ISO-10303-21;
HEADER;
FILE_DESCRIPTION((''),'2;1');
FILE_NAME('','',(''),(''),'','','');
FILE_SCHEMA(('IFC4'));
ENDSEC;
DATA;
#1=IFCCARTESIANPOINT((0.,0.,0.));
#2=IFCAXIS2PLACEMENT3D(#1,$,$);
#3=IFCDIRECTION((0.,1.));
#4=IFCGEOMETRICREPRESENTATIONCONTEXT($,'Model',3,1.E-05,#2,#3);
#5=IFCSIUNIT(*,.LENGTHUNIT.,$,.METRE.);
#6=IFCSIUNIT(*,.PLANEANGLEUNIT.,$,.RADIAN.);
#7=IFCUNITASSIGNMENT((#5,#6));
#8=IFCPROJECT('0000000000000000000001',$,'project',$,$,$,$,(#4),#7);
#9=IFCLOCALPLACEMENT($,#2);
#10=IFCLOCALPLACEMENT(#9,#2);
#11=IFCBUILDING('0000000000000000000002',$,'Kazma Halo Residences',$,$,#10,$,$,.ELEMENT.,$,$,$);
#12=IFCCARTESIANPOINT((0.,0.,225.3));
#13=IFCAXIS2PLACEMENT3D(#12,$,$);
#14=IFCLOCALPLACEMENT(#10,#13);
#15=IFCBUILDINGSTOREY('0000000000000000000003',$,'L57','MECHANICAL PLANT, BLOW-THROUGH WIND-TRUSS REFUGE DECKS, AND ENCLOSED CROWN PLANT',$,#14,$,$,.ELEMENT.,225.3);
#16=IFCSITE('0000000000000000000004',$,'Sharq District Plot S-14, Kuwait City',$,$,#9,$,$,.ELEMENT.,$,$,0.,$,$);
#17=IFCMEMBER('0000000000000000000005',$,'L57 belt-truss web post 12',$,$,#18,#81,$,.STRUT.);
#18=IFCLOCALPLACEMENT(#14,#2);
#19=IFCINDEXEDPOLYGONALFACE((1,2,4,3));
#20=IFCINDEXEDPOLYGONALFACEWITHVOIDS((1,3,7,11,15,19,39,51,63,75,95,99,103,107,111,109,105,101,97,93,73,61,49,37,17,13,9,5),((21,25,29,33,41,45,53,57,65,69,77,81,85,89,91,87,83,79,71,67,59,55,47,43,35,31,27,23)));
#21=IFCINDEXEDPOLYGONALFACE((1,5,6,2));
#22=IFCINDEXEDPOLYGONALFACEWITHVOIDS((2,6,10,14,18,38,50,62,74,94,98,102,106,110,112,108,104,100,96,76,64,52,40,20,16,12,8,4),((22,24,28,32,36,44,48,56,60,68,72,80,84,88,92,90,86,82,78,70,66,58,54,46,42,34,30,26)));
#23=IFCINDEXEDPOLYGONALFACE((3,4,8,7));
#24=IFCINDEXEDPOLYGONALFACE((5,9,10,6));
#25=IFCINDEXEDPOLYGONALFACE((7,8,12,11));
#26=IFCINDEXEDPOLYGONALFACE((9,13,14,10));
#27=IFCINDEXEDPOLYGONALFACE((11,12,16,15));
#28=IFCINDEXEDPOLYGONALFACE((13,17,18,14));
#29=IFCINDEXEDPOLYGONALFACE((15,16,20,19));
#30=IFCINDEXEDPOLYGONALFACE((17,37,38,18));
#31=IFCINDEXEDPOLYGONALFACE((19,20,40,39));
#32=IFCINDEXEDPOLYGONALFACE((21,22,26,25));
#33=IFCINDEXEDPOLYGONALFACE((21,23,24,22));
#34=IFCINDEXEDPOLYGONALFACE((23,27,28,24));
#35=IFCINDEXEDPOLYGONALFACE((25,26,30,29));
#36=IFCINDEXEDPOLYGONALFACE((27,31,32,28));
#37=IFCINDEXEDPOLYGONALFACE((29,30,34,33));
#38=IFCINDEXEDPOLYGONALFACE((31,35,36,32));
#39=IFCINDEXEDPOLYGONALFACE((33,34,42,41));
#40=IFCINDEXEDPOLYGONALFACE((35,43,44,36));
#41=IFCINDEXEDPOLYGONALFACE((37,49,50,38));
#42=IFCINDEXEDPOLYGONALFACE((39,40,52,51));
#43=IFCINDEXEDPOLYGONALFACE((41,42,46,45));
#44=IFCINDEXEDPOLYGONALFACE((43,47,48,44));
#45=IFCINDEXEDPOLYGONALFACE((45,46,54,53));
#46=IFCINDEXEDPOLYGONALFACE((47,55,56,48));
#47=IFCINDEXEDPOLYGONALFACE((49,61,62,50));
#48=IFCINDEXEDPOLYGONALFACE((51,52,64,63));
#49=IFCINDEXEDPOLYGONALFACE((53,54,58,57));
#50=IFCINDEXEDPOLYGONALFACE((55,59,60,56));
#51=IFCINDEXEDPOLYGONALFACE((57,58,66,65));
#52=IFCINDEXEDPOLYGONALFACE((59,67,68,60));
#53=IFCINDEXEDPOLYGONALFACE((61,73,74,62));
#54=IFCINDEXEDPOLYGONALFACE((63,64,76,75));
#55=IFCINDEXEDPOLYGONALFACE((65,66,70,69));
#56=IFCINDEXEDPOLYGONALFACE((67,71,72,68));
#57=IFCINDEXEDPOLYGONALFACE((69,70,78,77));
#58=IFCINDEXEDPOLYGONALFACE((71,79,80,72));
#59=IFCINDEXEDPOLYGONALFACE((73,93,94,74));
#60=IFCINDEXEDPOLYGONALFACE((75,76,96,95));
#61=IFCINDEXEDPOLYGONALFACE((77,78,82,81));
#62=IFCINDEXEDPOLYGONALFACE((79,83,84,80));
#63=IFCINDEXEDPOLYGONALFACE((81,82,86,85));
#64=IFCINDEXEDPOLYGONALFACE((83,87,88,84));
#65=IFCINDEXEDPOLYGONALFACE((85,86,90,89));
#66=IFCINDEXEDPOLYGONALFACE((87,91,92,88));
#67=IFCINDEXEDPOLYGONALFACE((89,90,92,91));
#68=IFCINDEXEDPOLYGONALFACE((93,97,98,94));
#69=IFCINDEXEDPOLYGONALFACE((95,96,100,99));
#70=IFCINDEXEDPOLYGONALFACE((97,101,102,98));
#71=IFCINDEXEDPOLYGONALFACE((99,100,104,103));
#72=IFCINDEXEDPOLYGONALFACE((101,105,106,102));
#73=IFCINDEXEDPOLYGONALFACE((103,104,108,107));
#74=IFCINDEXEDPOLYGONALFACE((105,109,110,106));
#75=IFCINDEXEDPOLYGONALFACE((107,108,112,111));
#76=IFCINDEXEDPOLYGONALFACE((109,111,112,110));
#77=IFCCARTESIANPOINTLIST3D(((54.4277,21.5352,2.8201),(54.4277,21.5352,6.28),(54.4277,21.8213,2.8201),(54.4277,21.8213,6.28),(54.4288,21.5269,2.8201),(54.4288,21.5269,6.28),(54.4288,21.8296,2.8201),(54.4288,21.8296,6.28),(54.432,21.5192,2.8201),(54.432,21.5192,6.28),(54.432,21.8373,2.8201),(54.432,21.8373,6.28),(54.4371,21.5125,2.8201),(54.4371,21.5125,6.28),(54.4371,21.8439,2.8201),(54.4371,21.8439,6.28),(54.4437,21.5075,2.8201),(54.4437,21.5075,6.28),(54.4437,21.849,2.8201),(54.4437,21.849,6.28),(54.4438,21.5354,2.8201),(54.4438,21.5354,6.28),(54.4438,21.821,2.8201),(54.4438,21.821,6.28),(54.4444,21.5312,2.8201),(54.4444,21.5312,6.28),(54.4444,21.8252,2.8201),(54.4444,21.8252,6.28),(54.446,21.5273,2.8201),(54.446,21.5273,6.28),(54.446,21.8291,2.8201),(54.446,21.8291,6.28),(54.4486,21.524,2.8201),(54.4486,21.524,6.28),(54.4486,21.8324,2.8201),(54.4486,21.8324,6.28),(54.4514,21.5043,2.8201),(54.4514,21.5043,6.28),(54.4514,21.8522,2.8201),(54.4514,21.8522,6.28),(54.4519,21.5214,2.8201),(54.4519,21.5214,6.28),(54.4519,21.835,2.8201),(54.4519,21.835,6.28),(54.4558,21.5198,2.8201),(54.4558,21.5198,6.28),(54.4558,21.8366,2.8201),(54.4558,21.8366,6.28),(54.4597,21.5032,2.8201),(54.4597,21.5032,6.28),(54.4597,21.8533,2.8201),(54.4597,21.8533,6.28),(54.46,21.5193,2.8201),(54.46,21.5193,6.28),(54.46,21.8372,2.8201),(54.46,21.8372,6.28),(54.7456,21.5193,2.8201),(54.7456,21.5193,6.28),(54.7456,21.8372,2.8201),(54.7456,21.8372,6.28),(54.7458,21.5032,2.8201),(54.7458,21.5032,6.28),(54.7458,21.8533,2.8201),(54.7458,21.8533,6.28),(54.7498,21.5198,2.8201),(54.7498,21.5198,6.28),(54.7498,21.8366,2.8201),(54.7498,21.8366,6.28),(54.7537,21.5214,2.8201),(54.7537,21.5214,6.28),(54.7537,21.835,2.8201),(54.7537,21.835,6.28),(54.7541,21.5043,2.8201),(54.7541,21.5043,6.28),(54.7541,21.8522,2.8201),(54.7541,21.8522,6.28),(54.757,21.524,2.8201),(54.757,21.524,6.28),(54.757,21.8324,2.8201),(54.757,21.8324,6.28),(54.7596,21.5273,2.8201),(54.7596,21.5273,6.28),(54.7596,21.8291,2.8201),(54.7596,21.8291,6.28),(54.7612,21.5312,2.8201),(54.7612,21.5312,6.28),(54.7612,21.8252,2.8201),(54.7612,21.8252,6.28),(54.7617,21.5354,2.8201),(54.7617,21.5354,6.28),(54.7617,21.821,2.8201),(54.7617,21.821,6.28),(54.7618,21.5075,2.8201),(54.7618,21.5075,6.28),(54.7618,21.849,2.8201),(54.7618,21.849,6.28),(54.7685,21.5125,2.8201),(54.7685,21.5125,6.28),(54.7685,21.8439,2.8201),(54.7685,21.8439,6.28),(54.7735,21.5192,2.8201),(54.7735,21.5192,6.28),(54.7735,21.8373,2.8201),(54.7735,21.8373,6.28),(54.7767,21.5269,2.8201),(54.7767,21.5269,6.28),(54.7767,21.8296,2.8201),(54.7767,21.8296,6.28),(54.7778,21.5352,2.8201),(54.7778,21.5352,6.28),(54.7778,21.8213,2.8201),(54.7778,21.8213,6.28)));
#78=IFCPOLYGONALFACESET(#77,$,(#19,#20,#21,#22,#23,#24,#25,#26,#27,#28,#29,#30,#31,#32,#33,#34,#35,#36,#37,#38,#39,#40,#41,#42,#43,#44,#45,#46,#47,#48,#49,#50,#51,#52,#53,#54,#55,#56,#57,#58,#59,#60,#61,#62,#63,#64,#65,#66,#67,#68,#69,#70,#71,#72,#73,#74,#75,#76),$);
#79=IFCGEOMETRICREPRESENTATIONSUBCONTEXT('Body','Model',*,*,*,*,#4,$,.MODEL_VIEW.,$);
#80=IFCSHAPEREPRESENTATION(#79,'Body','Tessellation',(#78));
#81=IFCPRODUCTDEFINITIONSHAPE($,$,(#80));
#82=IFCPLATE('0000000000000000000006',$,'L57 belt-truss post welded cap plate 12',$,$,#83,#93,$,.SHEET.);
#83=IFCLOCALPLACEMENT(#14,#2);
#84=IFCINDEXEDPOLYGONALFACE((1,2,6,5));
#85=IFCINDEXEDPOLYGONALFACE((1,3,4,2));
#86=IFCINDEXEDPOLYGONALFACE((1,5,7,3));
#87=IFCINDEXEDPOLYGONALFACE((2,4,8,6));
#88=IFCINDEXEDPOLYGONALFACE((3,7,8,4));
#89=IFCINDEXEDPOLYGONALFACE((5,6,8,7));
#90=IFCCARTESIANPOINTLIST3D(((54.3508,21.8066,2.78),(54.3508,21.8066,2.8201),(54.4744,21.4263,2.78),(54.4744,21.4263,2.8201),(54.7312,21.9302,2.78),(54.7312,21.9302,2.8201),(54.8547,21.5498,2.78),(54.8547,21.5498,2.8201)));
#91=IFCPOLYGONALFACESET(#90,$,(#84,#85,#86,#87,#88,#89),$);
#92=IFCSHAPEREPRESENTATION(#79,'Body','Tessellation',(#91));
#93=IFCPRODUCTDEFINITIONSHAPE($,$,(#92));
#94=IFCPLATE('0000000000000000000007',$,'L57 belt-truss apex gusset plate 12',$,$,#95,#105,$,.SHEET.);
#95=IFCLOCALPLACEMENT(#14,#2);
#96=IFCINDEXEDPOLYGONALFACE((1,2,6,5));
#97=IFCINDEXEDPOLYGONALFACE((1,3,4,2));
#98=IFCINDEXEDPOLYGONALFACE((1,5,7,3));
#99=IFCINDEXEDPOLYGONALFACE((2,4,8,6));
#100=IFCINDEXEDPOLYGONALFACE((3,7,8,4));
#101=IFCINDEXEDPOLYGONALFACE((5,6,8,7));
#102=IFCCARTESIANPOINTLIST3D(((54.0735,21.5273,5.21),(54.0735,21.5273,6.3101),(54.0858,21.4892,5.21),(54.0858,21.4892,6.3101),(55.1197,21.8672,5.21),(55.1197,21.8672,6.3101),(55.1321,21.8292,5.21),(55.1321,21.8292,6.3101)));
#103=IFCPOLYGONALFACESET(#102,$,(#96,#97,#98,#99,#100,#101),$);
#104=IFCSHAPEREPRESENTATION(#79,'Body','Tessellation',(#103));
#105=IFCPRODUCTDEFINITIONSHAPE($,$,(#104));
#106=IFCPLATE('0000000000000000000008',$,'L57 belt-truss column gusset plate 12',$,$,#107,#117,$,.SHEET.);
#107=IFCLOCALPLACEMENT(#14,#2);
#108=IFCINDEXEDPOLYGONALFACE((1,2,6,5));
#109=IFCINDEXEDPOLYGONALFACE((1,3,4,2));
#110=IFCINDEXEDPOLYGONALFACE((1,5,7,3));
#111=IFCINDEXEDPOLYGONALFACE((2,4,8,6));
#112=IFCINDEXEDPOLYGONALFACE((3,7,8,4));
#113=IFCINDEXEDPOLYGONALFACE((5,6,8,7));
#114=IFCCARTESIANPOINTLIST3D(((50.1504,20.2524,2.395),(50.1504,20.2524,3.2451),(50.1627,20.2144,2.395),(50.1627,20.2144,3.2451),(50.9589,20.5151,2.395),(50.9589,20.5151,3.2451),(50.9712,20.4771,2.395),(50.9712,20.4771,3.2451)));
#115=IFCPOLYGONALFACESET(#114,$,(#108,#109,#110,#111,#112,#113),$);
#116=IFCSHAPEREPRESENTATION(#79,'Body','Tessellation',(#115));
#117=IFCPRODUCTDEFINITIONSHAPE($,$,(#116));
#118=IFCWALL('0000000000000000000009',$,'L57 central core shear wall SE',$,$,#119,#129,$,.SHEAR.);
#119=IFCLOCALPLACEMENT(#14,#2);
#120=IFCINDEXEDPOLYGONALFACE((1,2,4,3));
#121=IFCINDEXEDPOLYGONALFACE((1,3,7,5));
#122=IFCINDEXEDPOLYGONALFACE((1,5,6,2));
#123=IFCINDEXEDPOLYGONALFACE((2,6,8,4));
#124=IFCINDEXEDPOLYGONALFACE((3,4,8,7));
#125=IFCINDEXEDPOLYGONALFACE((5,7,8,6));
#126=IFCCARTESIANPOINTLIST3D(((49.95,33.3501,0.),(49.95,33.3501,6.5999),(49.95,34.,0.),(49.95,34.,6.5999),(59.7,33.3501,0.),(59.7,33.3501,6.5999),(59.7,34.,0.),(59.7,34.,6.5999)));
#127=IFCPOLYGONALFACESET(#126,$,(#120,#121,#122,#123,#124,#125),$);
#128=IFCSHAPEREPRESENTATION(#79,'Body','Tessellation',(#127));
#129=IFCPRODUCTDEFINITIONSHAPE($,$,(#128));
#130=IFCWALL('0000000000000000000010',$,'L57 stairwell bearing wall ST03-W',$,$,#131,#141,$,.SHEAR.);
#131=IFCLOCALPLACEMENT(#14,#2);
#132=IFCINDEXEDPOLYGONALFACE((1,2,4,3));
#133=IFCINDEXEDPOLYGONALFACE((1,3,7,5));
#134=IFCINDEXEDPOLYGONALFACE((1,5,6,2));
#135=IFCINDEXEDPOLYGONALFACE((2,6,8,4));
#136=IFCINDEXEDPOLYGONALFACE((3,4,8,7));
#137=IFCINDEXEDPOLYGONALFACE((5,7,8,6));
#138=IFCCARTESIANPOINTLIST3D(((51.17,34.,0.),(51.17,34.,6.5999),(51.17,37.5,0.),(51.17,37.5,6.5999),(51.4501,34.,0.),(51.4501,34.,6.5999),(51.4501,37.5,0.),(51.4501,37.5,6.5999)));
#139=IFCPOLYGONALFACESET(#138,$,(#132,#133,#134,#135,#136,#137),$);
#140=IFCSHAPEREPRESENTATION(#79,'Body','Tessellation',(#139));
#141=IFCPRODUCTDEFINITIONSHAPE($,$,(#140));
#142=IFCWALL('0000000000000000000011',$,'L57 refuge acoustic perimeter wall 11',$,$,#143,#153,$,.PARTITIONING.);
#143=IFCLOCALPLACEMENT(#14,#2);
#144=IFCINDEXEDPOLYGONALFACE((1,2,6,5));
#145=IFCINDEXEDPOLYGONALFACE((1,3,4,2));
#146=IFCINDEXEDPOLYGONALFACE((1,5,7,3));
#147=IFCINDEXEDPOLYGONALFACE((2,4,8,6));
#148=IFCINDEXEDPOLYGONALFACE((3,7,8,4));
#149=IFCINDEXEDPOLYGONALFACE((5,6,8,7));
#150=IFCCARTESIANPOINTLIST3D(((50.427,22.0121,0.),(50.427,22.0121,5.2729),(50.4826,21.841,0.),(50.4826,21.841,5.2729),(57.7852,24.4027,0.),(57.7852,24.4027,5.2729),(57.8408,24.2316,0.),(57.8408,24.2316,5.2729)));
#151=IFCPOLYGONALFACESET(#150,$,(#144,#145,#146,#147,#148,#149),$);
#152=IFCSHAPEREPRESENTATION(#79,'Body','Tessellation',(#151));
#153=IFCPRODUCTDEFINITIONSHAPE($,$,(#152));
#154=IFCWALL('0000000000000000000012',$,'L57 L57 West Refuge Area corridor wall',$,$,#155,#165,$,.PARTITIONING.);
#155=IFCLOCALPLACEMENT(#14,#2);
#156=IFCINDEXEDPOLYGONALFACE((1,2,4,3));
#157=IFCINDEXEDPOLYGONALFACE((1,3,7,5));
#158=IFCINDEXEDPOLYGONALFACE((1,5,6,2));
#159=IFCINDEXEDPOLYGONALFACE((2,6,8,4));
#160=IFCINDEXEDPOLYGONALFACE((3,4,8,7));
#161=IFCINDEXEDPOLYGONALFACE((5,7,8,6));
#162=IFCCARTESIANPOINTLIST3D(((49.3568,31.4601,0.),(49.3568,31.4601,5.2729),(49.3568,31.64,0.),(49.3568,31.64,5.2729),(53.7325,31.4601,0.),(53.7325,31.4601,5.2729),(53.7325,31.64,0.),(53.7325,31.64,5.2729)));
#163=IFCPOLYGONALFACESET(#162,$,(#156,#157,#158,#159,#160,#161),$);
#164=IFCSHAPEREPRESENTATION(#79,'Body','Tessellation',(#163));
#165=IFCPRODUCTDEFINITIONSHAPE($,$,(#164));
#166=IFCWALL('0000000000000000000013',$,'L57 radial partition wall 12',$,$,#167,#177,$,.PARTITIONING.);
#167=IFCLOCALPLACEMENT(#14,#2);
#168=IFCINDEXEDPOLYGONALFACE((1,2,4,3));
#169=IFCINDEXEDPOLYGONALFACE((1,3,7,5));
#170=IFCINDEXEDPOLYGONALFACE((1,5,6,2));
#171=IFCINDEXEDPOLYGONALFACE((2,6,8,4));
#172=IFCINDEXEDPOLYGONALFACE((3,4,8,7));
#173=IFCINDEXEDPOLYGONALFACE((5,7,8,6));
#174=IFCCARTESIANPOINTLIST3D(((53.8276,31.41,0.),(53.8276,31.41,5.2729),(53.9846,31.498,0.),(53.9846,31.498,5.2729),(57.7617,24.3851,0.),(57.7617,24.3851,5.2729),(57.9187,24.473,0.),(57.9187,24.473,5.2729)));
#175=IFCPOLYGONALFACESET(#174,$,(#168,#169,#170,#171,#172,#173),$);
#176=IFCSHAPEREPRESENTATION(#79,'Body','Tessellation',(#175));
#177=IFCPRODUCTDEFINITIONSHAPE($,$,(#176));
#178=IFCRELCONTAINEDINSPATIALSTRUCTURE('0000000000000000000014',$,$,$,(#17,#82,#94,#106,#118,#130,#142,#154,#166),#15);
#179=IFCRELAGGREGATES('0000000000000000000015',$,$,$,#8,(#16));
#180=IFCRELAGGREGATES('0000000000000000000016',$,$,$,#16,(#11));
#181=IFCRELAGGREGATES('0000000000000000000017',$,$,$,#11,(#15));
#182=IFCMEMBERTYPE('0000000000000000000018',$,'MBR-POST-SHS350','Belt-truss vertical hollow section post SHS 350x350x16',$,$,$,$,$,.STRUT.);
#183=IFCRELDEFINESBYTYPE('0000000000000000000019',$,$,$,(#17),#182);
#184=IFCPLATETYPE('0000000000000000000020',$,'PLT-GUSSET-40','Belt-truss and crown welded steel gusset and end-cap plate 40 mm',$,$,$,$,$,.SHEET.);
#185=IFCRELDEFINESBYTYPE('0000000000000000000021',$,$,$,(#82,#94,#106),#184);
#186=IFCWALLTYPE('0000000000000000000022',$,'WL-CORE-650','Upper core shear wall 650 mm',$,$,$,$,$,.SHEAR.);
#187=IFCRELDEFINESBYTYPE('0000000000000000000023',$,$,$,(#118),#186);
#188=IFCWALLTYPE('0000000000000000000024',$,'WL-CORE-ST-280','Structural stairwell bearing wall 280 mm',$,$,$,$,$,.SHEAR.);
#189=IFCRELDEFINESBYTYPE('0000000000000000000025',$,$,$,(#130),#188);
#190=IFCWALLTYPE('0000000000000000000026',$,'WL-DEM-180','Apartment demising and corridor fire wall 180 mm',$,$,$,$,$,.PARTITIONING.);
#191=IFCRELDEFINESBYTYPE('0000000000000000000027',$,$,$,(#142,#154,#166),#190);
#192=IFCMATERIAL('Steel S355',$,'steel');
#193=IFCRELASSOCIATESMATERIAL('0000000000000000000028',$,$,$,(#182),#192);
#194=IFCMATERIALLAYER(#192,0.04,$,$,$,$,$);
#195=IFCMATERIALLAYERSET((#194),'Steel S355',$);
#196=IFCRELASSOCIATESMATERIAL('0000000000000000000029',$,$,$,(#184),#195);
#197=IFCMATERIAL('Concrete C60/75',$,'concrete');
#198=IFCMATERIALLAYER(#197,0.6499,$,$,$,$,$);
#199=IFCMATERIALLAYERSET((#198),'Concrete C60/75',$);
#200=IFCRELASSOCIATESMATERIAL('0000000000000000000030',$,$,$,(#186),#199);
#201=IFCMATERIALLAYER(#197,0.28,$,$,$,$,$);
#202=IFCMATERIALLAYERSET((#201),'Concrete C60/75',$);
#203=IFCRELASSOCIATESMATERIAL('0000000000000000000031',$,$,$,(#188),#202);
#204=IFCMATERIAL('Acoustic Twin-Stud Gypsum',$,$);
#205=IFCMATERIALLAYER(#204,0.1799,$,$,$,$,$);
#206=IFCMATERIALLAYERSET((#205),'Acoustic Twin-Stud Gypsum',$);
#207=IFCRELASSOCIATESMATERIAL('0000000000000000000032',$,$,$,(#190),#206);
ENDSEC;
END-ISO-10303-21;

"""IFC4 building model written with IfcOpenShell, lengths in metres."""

from ifc_helpers import new_model, si_unit, direction, frame, frame_2d, origin, origin_2d, place, context, subcontext, project, spatial, rectangle, hollow_rectangle, extrude, material, layer, layer_set, material_profile, profile_set, type_object, element, save


model = new_model("IFC4")

# Units and contexts
model_context = context("Model", 3, precision=1e-05, world=origin(), true_north=direction((0.0, 1.0)))
body_context = subcontext(model_context, "Body", "Model", "MODEL_VIEW")
ifc_project = project(units=[si_unit("LENGTHUNIT", "METRE"), si_unit("PLANEANGLEUNIT", "RADIAN")], contexts=[model_context])

# Site, building, storey
site_placement = place(None, origin())
site = spatial("IfcSite", under=ifc_project, at=site_placement, Name="Sharq District Plot S-14, Kuwait City", CompositionType="ELEMENT", RefElevation=0.0)
building_placement = place(site_placement, origin())
building = spatial("IfcBuilding", under=site, at=building_placement, Name="Kazma Halo Residences", CompositionType="ELEMENT")
storey_placement = place(building_placement, frame((0.0, 0.0, 225.3)))
storey = spatial("IfcBuildingStorey", under=building, at=storey_placement, Name="L57", Description="MECHANICAL PLANT, BLOW-THROUGH WIND-TRUSS REFUGE DECKS, AND ENCLOSED CROWN PLANT", CompositionType="ELEMENT", Elevation=225.3)

# Shared definitions
ifc_material_1 = material(Name="Steel S355", Category="steel")

# Member
ifc_material_profile_1 = material_profile(ifc_material_1, hollow_rectangle(XDim=0.3501, YDim=0.3501, WallThickness=0.0161, InnerFilletRadius=0.0161, OuterFilletRadius=0.032, at=origin_2d()), Name="SHS350x350x16")
ifc_profile_set_1 = profile_set([ifc_material_profile_1], Name="Steel S355")
member_type_1 = type_object("IfcMemberType", Name="MBR-POST-SHS350", Description="Belt-truss vertical hollow section post SHS 350x350x16", PredefinedType="STRUT", material=ifc_profile_set_1)
member_1_placement = place(storey_placement, frame((54.6028, 21.6782, 2.8201), z_axis=(0.0, 0.0, 1.0), x_axis=(1.0, 0.0, 0.0)))
element("IfcMember", 1, at=member_1_placement, inside=storey, type_object=member_type_1, Name="L57 belt-truss web post 12", PredefinedType="STRUT", context=body_context, shape_type="SweptSolid", body=[
    extrude(hollow_rectangle(XDim=0.3501, YDim=0.3501, WallThickness=0.0161, InnerFilletRadius=0.0161, OuterFilletRadius=0.032, at=origin_2d()), origin(), (0.0, 0.0, 1.0), 3.46),
])

# Plates
ifc_layer_1 = layer(ifc_material_1, 0.04)
ifc_layer_set_1 = layer_set([ifc_layer_1], Name="Steel S355")
plate_type = type_object("IfcPlateType", Name="PLT-GUSSET-40", Description="Belt-truss and crown welded steel gusset and end-cap plate 40 mm", PredefinedType="SHEET", material=ifc_layer_set_1)
plate_1_placement = place(storey_placement, frame((54.6028, 21.6782, 2.78), z_axis=(0.0, 0.0, 1.0), x_axis=(0.951057, 0.309016, 0.0)))
element("IfcPlate", 2, at=plate_1_placement, inside=storey, type_object=plate_type, Name="L57 belt-truss post welded cap plate 12", PredefinedType="SHEET", context=body_context, shape_type="SweptSolid", body=[
    extrude(rectangle(XDim=0.3999, YDim=0.3999, at=origin_2d()), origin(), (0.0, 0.0, 1.0), 0.04),
])
plate_2_placement = place(storey_placement, frame((54.6028, 21.6782, 5.21), z_axis=(0.0, 0.0, 1.0), x_axis=(0.951057, 0.309016, 0.0)))
element("IfcPlate", 3, at=plate_2_placement, inside=storey, type_object=plate_type, Name="L57 belt-truss apex gusset plate 12", PredefinedType="SHEET", context=body_context, shape_type="SweptSolid", body=[
    extrude(rectangle(XDim=1.1001, YDim=0.04, at=origin_2d()), origin(), (0.0, 0.0, 1.0), 1.1001),
])
plate_3_placement = place(storey_placement, frame((50.5608, 20.3647, 2.395), z_axis=(0.0, 0.0, 1.0), x_axis=(0.951057, 0.309016, 0.0)))
element("IfcPlate", 4, at=plate_3_placement, inside=storey, type_object=plate_type, Name="L57 belt-truss column gusset plate 12", PredefinedType="SHEET", context=body_context, shape_type="SweptSolid", body=[
    extrude(rectangle(XDim=0.8501, YDim=0.04, at=origin_2d()), origin(), (0.0, 0.0, 1.0), 0.8501),
])

# Walls
ifc_material_2 = material(Name="Concrete C60/75", Category="concrete")
ifc_layer_2 = layer(ifc_material_2, 0.6499)
ifc_layer_set_2 = layer_set([ifc_layer_2], Name="Concrete C60/75")
wall_type_1 = type_object("IfcWallType", Name="WL-CORE-650", Description="Upper core shear wall 650 mm", PredefinedType="SHEAR", material=ifc_layer_set_2)
wall_1_placement = place(storey_placement, frame((49.95, 33.675, 0.0), z_axis=(0.0, 0.0, 1.0), x_axis=(1.0, 0.0, 0.0)))
element("IfcWall", 5, at=wall_1_placement, inside=storey, type_object=wall_type_1, Name="L57 central core shear wall SE", PredefinedType="SHEAR", context=body_context, shape_type="SweptSolid", body=[
    extrude(rectangle(XDim=9.75, YDim=0.6499, at=frame_2d((4.875, 0.0))), origin(), (0.0, 0.0, 1.0), 6.5999),
])
ifc_layer_3 = layer(ifc_material_2, 0.28)
ifc_layer_set_3 = layer_set([ifc_layer_3], Name="Concrete C60/75")
wall_type_2 = type_object("IfcWallType", Name="WL-CORE-ST-280", Description="Structural stairwell bearing wall 280 mm", PredefinedType="SHEAR", material=ifc_layer_set_3)
wall_2_placement = place(storey_placement, frame((51.3101, 34.0, 0.0), z_axis=(0.0, 0.0, 1.0), x_axis=(0.0, 1.0, 0.0)))
element("IfcWall", 6, at=wall_2_placement, inside=storey, type_object=wall_type_2, Name="L57 stairwell bearing wall ST03-W", PredefinedType="SHEAR", context=body_context, shape_type="SweptSolid", body=[
    extrude(rectangle(XDim=3.5, YDim=0.28, at=frame_2d((1.75, 0.0))), origin(), (0.0, 0.0, 1.0), 6.5999),
])
ifc_material_3 = material(Name="Acoustic Twin-Stud Gypsum")
ifc_layer_4 = layer(ifc_material_3, 0.1799)
ifc_layer_set_4 = layer_set([ifc_layer_4], Name="Acoustic Twin-Stud Gypsum")
wall_type_3 = type_object("IfcWallType", Name="WL-DEM-180", Description="Apartment demising and corridor fire wall 180 mm", PredefinedType="PARTITIONING", material=ifc_layer_set_4)
wall_3_placement = place(storey_placement, frame((50.4548, 21.9265, 0.0), z_axis=(0.0, 0.0, 1.0), x_axis=(0.951064, 0.308995, 0.0)))
element("IfcWall", 7, at=wall_3_placement, inside=storey, type_object=wall_type_3, Name="L57 refuge acoustic perimeter wall 11", PredefinedType="PARTITIONING", context=body_context, shape_type="SweptSolid", body=[
    extrude(rectangle(XDim=7.7368, YDim=0.1799, at=frame_2d((3.8684, 0.0))), origin(), (0.0, 0.0, 1.0), 5.2729),
])
wall_4_placement = place(storey_placement, frame((49.3567, 31.55, 0.0), z_axis=(0.0, 0.0, 1.0), x_axis=(1.0, 0.0, 0.0)))
element("IfcWall", 8, at=wall_4_placement, inside=storey, type_object=wall_type_3, Name="L57 L57 West Refuge Area corridor wall", PredefinedType="PARTITIONING", context=body_context, shape_type="SweptSolid", body=[
    extrude(rectangle(XDim=4.3757, YDim=0.1799, at=frame_2d((2.188, 0.0))), origin(), (0.0, 0.0, 1.0), 5.2729),
])
wall_5_placement = place(storey_placement, frame((53.906, 31.4541, 0.0), z_axis=(0.0, 0.0, 1.0), x_axis=(0.488616, -0.872499, 0.0)))
element("IfcWall", 9, at=wall_5_placement, inside=storey, type_object=wall_type_3, Name="L57 radial partition wall 12", PredefinedType="PARTITIONING", context=body_context, shape_type="SweptSolid", body=[
    extrude(rectangle(XDim=8.0515, YDim=0.1799, at=frame_2d((4.0259, 0.0))), origin(), (0.0, 0.0, 1.0), 5.2729),
])

save(model, "model.ifc")
